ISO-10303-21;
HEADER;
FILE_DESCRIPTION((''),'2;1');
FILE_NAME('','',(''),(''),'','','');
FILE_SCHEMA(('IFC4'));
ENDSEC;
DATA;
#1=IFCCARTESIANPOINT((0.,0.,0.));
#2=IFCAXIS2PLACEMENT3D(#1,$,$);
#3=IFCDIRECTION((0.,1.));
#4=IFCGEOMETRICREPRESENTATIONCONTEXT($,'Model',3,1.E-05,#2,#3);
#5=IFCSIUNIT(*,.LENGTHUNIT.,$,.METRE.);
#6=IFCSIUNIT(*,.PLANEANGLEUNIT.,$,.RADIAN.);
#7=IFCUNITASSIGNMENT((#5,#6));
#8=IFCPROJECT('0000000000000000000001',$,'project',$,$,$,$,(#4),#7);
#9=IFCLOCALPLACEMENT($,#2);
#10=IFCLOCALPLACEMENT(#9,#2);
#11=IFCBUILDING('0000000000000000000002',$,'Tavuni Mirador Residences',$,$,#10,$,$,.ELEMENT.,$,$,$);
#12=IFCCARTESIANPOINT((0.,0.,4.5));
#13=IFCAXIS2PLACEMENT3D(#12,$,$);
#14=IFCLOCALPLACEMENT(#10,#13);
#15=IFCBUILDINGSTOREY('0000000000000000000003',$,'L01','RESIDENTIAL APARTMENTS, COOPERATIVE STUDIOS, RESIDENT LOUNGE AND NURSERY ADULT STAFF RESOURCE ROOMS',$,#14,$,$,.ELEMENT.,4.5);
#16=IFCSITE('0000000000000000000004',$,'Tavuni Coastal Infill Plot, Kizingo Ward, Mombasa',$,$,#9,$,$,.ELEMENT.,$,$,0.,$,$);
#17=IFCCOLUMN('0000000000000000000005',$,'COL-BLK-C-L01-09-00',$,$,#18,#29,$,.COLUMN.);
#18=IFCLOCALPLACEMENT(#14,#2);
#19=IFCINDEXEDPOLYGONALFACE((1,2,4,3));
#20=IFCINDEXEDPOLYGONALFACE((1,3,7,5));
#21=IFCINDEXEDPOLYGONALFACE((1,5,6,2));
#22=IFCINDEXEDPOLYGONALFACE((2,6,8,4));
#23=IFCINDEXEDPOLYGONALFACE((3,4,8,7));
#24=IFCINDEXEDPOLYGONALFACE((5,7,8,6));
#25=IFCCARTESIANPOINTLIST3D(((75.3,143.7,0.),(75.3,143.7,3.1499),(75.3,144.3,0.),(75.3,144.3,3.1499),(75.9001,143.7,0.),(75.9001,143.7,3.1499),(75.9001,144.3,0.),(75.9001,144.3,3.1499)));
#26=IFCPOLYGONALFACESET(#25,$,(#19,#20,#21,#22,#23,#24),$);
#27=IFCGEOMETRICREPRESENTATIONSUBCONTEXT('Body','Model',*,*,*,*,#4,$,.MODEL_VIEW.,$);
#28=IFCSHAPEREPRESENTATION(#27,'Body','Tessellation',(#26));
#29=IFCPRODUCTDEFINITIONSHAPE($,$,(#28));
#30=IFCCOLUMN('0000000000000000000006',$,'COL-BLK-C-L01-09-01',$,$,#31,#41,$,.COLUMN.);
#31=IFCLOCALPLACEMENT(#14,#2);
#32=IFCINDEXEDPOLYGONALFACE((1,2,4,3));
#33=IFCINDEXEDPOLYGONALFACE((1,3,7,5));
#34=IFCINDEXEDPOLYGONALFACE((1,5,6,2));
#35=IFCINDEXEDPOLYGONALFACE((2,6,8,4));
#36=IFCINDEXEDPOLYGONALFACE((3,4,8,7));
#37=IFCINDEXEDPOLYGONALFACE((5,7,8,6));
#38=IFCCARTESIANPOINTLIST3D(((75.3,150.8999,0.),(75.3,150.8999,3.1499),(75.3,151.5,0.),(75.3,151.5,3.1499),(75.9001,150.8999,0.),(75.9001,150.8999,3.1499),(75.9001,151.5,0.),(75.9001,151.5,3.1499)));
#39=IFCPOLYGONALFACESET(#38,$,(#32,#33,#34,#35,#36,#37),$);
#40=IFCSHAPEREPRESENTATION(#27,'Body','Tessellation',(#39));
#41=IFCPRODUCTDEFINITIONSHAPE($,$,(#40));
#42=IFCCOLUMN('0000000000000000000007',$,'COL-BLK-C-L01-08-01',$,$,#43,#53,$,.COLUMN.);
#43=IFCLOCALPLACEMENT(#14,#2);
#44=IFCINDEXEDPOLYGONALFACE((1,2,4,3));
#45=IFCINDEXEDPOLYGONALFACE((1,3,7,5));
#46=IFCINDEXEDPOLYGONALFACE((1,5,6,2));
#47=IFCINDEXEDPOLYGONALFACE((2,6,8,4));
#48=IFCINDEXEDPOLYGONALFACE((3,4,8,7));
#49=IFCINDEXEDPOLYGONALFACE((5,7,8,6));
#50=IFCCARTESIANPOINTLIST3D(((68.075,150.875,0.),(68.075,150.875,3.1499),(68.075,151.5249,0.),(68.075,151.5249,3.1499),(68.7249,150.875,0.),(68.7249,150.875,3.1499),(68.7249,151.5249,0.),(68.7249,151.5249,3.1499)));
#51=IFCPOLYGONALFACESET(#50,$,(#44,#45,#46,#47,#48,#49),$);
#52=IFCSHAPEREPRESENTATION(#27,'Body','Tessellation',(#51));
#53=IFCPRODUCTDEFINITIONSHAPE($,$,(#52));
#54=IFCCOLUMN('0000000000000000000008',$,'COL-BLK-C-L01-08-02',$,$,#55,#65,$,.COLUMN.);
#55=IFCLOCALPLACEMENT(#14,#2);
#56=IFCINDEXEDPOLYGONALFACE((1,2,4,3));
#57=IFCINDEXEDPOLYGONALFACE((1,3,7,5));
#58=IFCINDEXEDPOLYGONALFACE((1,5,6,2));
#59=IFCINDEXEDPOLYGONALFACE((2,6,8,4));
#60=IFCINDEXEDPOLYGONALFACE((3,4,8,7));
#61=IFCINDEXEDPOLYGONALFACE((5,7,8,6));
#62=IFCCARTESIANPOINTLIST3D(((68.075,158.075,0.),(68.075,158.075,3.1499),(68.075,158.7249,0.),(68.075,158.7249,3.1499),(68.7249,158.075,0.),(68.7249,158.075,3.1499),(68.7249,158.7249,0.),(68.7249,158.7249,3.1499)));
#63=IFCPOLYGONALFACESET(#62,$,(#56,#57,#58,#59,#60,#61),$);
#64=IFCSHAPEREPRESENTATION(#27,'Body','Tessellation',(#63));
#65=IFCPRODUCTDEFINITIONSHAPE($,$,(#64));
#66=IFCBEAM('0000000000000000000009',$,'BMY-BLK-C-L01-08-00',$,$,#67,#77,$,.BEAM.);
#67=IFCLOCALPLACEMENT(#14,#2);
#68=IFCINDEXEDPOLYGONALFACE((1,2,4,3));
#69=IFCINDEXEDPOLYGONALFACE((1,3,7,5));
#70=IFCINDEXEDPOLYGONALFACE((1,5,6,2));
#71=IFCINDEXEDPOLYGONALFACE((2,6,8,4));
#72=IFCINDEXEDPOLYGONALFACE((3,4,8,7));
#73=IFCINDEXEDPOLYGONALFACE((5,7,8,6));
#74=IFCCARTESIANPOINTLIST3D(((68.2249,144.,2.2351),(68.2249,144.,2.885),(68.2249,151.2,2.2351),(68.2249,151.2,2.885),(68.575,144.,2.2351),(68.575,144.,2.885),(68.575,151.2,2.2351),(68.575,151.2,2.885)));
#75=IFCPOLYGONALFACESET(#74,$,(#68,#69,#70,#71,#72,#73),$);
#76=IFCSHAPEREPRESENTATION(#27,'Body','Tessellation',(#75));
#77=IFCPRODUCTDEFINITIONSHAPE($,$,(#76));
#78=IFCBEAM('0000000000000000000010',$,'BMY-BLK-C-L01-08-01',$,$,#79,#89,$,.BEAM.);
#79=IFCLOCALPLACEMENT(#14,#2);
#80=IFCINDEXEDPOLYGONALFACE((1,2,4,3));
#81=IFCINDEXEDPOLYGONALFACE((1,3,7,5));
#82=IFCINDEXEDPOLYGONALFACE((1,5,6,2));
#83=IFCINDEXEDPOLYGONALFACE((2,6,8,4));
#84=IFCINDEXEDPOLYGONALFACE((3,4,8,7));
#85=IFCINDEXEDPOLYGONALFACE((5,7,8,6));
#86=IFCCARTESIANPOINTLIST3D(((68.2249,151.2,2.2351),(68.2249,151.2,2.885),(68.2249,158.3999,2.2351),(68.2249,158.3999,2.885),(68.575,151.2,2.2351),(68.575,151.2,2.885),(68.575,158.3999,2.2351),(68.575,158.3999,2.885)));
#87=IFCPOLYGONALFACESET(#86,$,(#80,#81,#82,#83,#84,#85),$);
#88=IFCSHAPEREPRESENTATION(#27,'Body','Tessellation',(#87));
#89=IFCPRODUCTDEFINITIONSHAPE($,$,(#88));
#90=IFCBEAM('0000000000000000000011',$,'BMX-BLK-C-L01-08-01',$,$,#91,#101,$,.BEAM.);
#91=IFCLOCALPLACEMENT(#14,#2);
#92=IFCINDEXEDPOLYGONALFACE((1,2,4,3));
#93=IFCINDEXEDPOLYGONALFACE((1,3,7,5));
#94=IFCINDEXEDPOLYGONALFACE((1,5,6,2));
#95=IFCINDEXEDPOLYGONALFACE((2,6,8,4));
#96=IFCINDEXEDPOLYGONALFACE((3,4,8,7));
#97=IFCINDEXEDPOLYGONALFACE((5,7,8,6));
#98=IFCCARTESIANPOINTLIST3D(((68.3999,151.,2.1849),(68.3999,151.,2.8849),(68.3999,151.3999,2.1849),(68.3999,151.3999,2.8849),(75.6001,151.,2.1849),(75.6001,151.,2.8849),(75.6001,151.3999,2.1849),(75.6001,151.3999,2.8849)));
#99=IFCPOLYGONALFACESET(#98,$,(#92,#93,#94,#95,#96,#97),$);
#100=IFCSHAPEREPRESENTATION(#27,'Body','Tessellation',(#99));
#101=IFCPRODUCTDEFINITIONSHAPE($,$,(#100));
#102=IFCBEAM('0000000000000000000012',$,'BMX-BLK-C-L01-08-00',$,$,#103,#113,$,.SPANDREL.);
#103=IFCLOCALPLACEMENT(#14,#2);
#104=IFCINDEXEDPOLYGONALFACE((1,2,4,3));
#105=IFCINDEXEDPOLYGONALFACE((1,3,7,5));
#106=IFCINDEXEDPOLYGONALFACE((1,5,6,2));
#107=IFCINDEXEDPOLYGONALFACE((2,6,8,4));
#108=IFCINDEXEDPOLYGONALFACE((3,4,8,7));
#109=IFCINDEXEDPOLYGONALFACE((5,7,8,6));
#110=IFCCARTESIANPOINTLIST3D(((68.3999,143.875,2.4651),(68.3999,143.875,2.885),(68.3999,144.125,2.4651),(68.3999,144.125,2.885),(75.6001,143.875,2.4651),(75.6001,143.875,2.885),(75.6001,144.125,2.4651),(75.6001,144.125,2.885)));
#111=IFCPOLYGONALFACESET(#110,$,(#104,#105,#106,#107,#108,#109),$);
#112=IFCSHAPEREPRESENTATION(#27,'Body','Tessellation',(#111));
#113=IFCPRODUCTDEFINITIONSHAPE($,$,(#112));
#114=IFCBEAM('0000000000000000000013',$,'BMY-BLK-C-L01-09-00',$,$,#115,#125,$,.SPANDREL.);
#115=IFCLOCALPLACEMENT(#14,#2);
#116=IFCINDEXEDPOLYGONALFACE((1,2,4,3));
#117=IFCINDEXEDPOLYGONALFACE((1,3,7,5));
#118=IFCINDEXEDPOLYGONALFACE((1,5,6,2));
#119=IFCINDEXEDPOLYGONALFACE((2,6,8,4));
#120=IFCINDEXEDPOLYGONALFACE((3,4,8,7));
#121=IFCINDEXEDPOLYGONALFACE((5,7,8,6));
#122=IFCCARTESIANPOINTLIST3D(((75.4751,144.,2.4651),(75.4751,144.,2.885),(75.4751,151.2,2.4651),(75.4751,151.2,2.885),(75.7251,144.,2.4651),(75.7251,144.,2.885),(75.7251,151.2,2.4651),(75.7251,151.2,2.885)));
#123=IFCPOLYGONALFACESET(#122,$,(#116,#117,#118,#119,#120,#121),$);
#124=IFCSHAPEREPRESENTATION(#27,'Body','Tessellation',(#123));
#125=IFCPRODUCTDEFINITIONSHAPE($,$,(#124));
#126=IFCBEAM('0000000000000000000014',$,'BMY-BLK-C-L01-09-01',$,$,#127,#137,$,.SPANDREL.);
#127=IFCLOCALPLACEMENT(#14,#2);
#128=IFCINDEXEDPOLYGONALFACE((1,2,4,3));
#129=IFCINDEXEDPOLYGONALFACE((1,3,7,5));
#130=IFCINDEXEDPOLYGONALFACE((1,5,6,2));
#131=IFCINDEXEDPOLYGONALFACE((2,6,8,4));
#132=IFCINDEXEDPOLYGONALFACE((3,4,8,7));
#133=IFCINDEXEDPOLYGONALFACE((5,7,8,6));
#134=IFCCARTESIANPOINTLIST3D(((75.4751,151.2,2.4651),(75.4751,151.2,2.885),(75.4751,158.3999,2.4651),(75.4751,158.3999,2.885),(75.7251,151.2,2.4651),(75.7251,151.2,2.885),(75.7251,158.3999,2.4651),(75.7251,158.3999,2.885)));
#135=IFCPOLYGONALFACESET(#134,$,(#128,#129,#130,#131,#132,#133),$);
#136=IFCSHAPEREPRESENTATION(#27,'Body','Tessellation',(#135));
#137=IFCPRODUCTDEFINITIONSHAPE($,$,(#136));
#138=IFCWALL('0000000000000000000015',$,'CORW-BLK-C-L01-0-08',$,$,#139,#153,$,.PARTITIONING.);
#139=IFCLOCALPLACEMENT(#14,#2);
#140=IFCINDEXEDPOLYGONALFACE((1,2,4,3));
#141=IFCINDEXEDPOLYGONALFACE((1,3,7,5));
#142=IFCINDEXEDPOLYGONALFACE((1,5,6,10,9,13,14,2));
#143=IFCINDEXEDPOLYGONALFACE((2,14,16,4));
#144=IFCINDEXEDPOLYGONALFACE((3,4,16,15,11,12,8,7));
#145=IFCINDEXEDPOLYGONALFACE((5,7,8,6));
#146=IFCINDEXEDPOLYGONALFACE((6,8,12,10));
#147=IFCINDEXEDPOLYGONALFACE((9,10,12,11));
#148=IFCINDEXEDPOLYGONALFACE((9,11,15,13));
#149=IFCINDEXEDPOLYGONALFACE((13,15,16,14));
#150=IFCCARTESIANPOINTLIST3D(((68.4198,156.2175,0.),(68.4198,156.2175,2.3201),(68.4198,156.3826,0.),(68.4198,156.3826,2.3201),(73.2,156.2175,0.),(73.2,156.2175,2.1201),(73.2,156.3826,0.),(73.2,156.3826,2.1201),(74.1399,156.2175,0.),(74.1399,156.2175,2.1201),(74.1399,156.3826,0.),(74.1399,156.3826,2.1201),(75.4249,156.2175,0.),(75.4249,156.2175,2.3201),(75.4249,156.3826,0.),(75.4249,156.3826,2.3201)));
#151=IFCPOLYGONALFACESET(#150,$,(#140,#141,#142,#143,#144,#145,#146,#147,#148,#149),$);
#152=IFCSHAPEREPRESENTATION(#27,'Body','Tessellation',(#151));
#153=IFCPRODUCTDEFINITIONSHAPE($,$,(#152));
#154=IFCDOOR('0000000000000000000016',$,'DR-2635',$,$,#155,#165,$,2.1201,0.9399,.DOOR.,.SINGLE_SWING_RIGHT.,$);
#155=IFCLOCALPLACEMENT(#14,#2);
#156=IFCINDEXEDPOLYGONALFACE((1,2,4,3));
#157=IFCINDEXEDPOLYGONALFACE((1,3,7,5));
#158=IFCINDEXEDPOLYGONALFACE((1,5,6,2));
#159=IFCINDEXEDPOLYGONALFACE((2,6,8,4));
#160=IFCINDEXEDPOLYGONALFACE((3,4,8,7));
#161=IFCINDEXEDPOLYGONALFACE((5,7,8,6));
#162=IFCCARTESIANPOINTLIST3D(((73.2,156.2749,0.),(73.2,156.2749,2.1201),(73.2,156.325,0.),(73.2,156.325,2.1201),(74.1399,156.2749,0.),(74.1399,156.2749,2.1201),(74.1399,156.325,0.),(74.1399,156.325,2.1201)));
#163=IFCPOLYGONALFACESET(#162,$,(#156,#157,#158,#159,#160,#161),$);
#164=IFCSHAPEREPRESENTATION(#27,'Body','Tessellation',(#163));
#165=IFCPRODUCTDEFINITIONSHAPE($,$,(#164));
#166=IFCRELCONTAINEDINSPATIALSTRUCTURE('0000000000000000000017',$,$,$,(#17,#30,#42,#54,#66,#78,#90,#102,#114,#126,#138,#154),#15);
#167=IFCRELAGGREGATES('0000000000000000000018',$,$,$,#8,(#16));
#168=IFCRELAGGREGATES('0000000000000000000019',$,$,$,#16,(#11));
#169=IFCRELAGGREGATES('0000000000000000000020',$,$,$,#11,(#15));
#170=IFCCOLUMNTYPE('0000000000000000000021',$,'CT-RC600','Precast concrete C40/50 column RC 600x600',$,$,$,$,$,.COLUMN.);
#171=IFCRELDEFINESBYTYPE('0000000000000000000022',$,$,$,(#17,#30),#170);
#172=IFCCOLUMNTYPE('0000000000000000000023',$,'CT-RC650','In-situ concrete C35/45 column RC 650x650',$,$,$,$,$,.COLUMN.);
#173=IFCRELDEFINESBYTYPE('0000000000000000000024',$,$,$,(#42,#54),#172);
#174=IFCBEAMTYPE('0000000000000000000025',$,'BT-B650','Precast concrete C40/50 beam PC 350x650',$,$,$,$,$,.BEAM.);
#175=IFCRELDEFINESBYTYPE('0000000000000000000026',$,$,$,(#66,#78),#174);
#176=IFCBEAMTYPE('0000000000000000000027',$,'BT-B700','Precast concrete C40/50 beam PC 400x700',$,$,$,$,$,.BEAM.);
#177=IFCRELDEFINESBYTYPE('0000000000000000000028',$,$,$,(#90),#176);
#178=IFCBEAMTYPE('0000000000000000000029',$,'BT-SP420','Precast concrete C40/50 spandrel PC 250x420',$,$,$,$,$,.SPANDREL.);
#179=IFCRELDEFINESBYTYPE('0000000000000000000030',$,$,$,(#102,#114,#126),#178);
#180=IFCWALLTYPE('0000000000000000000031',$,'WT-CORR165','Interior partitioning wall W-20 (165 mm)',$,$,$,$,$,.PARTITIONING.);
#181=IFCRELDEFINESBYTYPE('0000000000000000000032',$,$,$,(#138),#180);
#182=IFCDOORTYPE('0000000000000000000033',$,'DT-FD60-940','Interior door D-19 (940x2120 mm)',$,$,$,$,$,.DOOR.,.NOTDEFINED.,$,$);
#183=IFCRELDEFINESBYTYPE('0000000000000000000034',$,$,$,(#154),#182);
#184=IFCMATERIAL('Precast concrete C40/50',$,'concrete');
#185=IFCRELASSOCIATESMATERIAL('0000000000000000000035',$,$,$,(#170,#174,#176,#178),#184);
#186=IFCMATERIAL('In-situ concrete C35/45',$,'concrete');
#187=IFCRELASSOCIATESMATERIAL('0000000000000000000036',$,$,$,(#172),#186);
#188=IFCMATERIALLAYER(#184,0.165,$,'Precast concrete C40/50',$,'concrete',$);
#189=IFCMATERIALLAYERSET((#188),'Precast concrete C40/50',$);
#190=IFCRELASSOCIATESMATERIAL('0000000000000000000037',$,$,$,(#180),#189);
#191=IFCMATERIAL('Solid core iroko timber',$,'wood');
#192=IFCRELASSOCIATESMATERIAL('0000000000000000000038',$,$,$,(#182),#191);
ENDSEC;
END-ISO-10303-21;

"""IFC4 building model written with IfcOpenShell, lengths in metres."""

from ifc_helpers import new_model, si_unit, direction, frame, frame_2d, origin, origin_2d, place, context, subcontext, project, spatial, rectangle, extrude, material, layer, layer_set, material_profile, profile_set, type_object, element, fill, save


model = new_model("IFC4")

# Units and contexts
model_context = context("Model", 3, precision=1e-05, world=origin(), true_north=direction((0.0, 1.0)))
body_context = subcontext(model_context, "Body", "Model", "MODEL_VIEW")
ifc_project = project(units=[si_unit("LENGTHUNIT", "METRE"), si_unit("PLANEANGLEUNIT", "RADIAN")], contexts=[model_context])

# Site, building, storey
site_placement = place(None, origin())
site = spatial("IfcSite", under=ifc_project, at=site_placement, Name="Tavuni Coastal Infill Plot, Kizingo Ward, Mombasa", CompositionType="ELEMENT", RefElevation=0.0)
building_placement = place(site_placement, origin())
building = spatial("IfcBuilding", under=site, at=building_placement, Name="Tavuni Mirador Residences", CompositionType="ELEMENT")
storey_placement = place(building_placement, frame((0.0, 0.0, 4.5)))
storey = spatial("IfcBuildingStorey", under=building, at=storey_placement, Name="L01", Description="RESIDENTIAL APARTMENTS, COOPERATIVE STUDIOS, RESIDENT LOUNGE AND NURSERY ADULT STAFF RESOURCE ROOMS", CompositionType="ELEMENT", Elevation=4.5)

# Columns
ifc_material_1 = material(Name="Precast concrete C40/50", Category="concrete")
ifc_material_profile_1 = material_profile(ifc_material_1, rectangle(XDim=0.6001, YDim=0.6001, at=origin_2d()), Name="RC 600x600", Category="concrete")
ifc_profile_set_1 = profile_set([ifc_material_profile_1], Name="Precast concrete C40/50")
column_type_1 = type_object("IfcColumnType", Name="CT-RC600", Description="Precast concrete C40/50 column RC 600x600", PredefinedType="COLUMN", material=ifc_profile_set_1)
for number, where, z_axis, x_axis, name in (
    (1, (75.6001, 144.0, 0.0), (0.0, 0.0, 1.0), (1.0, 0.0, 0.0), "COL-BLK-C-L01-09-00"),
    (2, (75.6001, 151.2, 0.0), (0.0, 0.0, 1.0), (1.0, 0.0, 0.0), "COL-BLK-C-L01-09-01"),
):
    element("IfcColumn", number, at=place(storey_placement, frame(where, z_axis=z_axis, x_axis=x_axis)), inside=storey, type_object=column_type_1, Name=name, PredefinedType="COLUMN", context=body_context, shape_type="SweptSolid", body=[
        extrude(rectangle(XDim=0.6001, YDim=0.6001, at=origin_2d()), origin(), (0.0, 0.0, 1.0), 3.1499),
    ])
ifc_material_2 = material(Name="In-situ concrete C35/45", Category="concrete")
ifc_material_profile_2 = material_profile(ifc_material_2, rectangle(XDim=0.6499, YDim=0.6499, at=origin_2d()), Name="RC 650x650", Category="concrete")
ifc_profile_set_2 = profile_set([ifc_material_profile_2], Name="In-situ concrete C35/45")
column_type_2 = type_object("IfcColumnType", Name="CT-RC650", Description="In-situ concrete C35/45 column RC 650x650", PredefinedType="COLUMN", material=ifc_profile_set_2)
for number, where, z_axis, x_axis, name in (
    (3, (68.3999, 151.2, 0.0), (0.0, 0.0, 1.0), (1.0, 0.0, 0.0), "COL-BLK-C-L01-08-01"),
    (4, (68.3999, 158.3999, 0.0), (0.0, 0.0, 1.0), (1.0, 0.0, 0.0), "COL-BLK-C-L01-08-02"),
):
    element("IfcColumn", number, at=place(storey_placement, frame(where, z_axis=z_axis, x_axis=x_axis)), inside=storey, type_object=column_type_2, Name=name, PredefinedType="COLUMN", context=body_context, shape_type="SweptSolid", body=[
        extrude(rectangle(XDim=0.6499, YDim=0.6499, at=origin_2d()), origin(), (0.0, 0.0, 1.0), 3.1499),
    ])

# Beams
ifc_material_profile_3 = material_profile(ifc_material_1, rectangle(XDim=0.3501, YDim=0.6499, at=origin_2d()), Name="PC 350x650", Category="concrete")
ifc_profile_set_3 = profile_set([ifc_material_profile_3], Name="Precast concrete C40/50")
beam_type_1 = type_object("IfcBeamType", Name="BT-B650", Description="Precast concrete C40/50 beam PC 350x650", PredefinedType="BEAM", material=ifc_profile_set_3)
for number, where, z_axis, x_axis, name in (
    (5, (68.3999, 144.0, 2.5601), (0.0, 1.0, 0.0), (-1.0, 0.0, 0.0), "BMY-BLK-C-L01-08-00"),
    (6, (68.3999, 151.2, 2.5601), (0.0, 1.0, 0.0), (-1.0, 0.0, 0.0), "BMY-BLK-C-L01-08-01"),
):
    element("IfcBeam", number, at=place(storey_placement, frame(where, z_axis=z_axis, x_axis=x_axis)), inside=storey, type_object=beam_type_1, Name=name, PredefinedType="BEAM", context=body_context, shape_type="SweptSolid", body=[
        extrude(rectangle(XDim=0.3501, YDim=0.6499, at=origin_2d()), origin(), (0.0, 0.0, 1.0), 7.2),
    ])
ifc_material_profile_4 = material_profile(ifc_material_1, rectangle(XDim=0.3999, YDim=0.7, at=origin_2d()), Name="PC 400x700", Category="concrete")
ifc_profile_set_4 = profile_set([ifc_material_profile_4], Name="Precast concrete C40/50")
beam_type_2 = type_object("IfcBeamType", Name="BT-B700", Description="Precast concrete C40/50 beam PC 400x700", PredefinedType="BEAM", material=ifc_profile_set_4)
beam_1_placement = place(storey_placement, frame((68.3999, 151.2, 2.5349), z_axis=(1.0, 0.0, 0.0), x_axis=(0.0, 1.0, 0.0)))
element("IfcBeam", 7, at=beam_1_placement, inside=storey, type_object=beam_type_2, Name="BMX-BLK-C-L01-08-01", PredefinedType="BEAM", context=body_context, shape_type="SweptSolid", body=[
    extrude(rectangle(XDim=0.3999, YDim=0.7, at=origin_2d()), origin(), (0.0, 0.0, 1.0), 7.2002),
])
ifc_material_profile_5 = material_profile(ifc_material_1, rectangle(XDim=0.25, YDim=0.4199, at=origin_2d()), Name="PC 250x420", Category="concrete")
ifc_profile_set_5 = profile_set([ifc_material_profile_5], Name="Precast concrete C40/50")
beam_type_3 = type_object("IfcBeamType", Name="BT-SP420", Description="Precast concrete C40/50 spandrel PC 250x420", PredefinedType="SPANDREL", material=ifc_profile_set_5)
beam_2_placement = place(storey_placement, frame((68.3999, 144.0, 2.675), z_axis=(1.0, 0.0, 0.0), x_axis=(0.0, 1.0, 0.0)))
element("IfcBeam", 8, at=beam_2_placement, inside=storey, type_object=beam_type_3, Name="BMX-BLK-C-L01-08-00", PredefinedType="SPANDREL", context=body_context, shape_type="SweptSolid", body=[
    extrude(rectangle(XDim=0.25, YDim=0.4199, at=origin_2d()), origin(), (0.0, 0.0, 1.0), 7.2002),
])
for number, where, z_axis, x_axis, name in (
    (9, (75.6001, 144.0, 2.675), (0.0, 1.0, 0.0), (-1.0, 0.0, 0.0), "BMY-BLK-C-L01-09-00"),
    (10, (75.6001, 151.2, 2.675), (0.0, 1.0, 0.0), (-1.0, 0.0, 0.0), "BMY-BLK-C-L01-09-01"),
):
    element("IfcBeam", number, at=place(storey_placement, frame(where, z_axis=z_axis, x_axis=x_axis)), inside=storey, type_object=beam_type_3, Name=name, PredefinedType="SPANDREL", context=body_context, shape_type="SweptSolid", body=[
        extrude(rectangle(XDim=0.25, YDim=0.4199, at=origin_2d()), origin(), (0.0, 0.0, 1.0), 7.2),
    ])

# Wall, opening, door
ifc_layer_1 = layer(ifc_material_1, 0.165, Name="Precast concrete C40/50", Category="concrete")
ifc_layer_set_1 = layer_set([ifc_layer_1], Name="Precast concrete C40/50")
wall_type_1 = type_object("IfcWallType", Name="WT-CORR165", Description="Interior partitioning wall W-20 (165 mm)", PredefinedType="PARTITIONING", material=ifc_layer_set_1)
wall_1_placement = place(storey_placement, frame((68.4199, 156.3, 0.0), z_axis=(0.0, 0.0, 1.0), x_axis=(1.0, 0.0, 0.0)))
wall_1 = element("IfcWall", 11, at=wall_1_placement, inside=storey, type_object=wall_type_1, Name="CORW-BLK-C-L01-0-08", PredefinedType="PARTITIONING", context=body_context, shape_type="SweptSolid", body=[
    extrude(rectangle(XDim=7.0051, YDim=0.165, at=frame_2d((3.5024, 0.0))), origin(), (0.0, 0.0, 1.0), 2.3201),
])
opening_1_placement = place(wall_1_placement, frame((4.78, 0.0, 0.0)))
opening_1 = element("IfcOpeningElement", 12, at=opening_1_placement, cuts=wall_1, PredefinedType="OPENING", context=body_context, shape_type="SweptSolid", body=[
    extrude(rectangle(XDim=0.9399, YDim=2.1201, at=frame_2d((0.47, 1.0601))), frame((0.0, 0.0925, 0.0), z_axis=(0.0, -1.0, 0.0), x_axis=(1.0, 0.0, 0.0)), (0.0, 0.0, 1.0), 0.1851),
])
ifc_material_3 = material(Name="Solid core iroko timber", Category="wood")
door_type_1 = type_object("IfcDoorType", Name="DT-FD60-940", Description="Interior door D-19 (940x2120 mm)", OperationType="NOTDEFINED", PredefinedType="DOOR", material=ifc_material_3)
door_1_placement = place(opening_1_placement, origin())
door_1 = element("IfcDoor", 13, at=door_1_placement, inside=storey, type_object=door_type_1, Name="DR-2635", OperationType="SINGLE_SWING_RIGHT", OverallHeight=2.1201, OverallWidth=0.9399, PredefinedType="DOOR", context=body_context, shape_type="SweptSolid", body=[
    extrude(rectangle(XDim=0.9399, YDim=2.1201, at=frame_2d((0.47, 1.0601))), frame((0.0, 0.0249, 0.0), z_axis=(0.0, -1.0, 0.0), x_axis=(1.0, 0.0, 0.0)), (0.0, 0.0, 1.0), 0.05),
])
fill(opening_1, door_1)

save(model, "model.ifc")
